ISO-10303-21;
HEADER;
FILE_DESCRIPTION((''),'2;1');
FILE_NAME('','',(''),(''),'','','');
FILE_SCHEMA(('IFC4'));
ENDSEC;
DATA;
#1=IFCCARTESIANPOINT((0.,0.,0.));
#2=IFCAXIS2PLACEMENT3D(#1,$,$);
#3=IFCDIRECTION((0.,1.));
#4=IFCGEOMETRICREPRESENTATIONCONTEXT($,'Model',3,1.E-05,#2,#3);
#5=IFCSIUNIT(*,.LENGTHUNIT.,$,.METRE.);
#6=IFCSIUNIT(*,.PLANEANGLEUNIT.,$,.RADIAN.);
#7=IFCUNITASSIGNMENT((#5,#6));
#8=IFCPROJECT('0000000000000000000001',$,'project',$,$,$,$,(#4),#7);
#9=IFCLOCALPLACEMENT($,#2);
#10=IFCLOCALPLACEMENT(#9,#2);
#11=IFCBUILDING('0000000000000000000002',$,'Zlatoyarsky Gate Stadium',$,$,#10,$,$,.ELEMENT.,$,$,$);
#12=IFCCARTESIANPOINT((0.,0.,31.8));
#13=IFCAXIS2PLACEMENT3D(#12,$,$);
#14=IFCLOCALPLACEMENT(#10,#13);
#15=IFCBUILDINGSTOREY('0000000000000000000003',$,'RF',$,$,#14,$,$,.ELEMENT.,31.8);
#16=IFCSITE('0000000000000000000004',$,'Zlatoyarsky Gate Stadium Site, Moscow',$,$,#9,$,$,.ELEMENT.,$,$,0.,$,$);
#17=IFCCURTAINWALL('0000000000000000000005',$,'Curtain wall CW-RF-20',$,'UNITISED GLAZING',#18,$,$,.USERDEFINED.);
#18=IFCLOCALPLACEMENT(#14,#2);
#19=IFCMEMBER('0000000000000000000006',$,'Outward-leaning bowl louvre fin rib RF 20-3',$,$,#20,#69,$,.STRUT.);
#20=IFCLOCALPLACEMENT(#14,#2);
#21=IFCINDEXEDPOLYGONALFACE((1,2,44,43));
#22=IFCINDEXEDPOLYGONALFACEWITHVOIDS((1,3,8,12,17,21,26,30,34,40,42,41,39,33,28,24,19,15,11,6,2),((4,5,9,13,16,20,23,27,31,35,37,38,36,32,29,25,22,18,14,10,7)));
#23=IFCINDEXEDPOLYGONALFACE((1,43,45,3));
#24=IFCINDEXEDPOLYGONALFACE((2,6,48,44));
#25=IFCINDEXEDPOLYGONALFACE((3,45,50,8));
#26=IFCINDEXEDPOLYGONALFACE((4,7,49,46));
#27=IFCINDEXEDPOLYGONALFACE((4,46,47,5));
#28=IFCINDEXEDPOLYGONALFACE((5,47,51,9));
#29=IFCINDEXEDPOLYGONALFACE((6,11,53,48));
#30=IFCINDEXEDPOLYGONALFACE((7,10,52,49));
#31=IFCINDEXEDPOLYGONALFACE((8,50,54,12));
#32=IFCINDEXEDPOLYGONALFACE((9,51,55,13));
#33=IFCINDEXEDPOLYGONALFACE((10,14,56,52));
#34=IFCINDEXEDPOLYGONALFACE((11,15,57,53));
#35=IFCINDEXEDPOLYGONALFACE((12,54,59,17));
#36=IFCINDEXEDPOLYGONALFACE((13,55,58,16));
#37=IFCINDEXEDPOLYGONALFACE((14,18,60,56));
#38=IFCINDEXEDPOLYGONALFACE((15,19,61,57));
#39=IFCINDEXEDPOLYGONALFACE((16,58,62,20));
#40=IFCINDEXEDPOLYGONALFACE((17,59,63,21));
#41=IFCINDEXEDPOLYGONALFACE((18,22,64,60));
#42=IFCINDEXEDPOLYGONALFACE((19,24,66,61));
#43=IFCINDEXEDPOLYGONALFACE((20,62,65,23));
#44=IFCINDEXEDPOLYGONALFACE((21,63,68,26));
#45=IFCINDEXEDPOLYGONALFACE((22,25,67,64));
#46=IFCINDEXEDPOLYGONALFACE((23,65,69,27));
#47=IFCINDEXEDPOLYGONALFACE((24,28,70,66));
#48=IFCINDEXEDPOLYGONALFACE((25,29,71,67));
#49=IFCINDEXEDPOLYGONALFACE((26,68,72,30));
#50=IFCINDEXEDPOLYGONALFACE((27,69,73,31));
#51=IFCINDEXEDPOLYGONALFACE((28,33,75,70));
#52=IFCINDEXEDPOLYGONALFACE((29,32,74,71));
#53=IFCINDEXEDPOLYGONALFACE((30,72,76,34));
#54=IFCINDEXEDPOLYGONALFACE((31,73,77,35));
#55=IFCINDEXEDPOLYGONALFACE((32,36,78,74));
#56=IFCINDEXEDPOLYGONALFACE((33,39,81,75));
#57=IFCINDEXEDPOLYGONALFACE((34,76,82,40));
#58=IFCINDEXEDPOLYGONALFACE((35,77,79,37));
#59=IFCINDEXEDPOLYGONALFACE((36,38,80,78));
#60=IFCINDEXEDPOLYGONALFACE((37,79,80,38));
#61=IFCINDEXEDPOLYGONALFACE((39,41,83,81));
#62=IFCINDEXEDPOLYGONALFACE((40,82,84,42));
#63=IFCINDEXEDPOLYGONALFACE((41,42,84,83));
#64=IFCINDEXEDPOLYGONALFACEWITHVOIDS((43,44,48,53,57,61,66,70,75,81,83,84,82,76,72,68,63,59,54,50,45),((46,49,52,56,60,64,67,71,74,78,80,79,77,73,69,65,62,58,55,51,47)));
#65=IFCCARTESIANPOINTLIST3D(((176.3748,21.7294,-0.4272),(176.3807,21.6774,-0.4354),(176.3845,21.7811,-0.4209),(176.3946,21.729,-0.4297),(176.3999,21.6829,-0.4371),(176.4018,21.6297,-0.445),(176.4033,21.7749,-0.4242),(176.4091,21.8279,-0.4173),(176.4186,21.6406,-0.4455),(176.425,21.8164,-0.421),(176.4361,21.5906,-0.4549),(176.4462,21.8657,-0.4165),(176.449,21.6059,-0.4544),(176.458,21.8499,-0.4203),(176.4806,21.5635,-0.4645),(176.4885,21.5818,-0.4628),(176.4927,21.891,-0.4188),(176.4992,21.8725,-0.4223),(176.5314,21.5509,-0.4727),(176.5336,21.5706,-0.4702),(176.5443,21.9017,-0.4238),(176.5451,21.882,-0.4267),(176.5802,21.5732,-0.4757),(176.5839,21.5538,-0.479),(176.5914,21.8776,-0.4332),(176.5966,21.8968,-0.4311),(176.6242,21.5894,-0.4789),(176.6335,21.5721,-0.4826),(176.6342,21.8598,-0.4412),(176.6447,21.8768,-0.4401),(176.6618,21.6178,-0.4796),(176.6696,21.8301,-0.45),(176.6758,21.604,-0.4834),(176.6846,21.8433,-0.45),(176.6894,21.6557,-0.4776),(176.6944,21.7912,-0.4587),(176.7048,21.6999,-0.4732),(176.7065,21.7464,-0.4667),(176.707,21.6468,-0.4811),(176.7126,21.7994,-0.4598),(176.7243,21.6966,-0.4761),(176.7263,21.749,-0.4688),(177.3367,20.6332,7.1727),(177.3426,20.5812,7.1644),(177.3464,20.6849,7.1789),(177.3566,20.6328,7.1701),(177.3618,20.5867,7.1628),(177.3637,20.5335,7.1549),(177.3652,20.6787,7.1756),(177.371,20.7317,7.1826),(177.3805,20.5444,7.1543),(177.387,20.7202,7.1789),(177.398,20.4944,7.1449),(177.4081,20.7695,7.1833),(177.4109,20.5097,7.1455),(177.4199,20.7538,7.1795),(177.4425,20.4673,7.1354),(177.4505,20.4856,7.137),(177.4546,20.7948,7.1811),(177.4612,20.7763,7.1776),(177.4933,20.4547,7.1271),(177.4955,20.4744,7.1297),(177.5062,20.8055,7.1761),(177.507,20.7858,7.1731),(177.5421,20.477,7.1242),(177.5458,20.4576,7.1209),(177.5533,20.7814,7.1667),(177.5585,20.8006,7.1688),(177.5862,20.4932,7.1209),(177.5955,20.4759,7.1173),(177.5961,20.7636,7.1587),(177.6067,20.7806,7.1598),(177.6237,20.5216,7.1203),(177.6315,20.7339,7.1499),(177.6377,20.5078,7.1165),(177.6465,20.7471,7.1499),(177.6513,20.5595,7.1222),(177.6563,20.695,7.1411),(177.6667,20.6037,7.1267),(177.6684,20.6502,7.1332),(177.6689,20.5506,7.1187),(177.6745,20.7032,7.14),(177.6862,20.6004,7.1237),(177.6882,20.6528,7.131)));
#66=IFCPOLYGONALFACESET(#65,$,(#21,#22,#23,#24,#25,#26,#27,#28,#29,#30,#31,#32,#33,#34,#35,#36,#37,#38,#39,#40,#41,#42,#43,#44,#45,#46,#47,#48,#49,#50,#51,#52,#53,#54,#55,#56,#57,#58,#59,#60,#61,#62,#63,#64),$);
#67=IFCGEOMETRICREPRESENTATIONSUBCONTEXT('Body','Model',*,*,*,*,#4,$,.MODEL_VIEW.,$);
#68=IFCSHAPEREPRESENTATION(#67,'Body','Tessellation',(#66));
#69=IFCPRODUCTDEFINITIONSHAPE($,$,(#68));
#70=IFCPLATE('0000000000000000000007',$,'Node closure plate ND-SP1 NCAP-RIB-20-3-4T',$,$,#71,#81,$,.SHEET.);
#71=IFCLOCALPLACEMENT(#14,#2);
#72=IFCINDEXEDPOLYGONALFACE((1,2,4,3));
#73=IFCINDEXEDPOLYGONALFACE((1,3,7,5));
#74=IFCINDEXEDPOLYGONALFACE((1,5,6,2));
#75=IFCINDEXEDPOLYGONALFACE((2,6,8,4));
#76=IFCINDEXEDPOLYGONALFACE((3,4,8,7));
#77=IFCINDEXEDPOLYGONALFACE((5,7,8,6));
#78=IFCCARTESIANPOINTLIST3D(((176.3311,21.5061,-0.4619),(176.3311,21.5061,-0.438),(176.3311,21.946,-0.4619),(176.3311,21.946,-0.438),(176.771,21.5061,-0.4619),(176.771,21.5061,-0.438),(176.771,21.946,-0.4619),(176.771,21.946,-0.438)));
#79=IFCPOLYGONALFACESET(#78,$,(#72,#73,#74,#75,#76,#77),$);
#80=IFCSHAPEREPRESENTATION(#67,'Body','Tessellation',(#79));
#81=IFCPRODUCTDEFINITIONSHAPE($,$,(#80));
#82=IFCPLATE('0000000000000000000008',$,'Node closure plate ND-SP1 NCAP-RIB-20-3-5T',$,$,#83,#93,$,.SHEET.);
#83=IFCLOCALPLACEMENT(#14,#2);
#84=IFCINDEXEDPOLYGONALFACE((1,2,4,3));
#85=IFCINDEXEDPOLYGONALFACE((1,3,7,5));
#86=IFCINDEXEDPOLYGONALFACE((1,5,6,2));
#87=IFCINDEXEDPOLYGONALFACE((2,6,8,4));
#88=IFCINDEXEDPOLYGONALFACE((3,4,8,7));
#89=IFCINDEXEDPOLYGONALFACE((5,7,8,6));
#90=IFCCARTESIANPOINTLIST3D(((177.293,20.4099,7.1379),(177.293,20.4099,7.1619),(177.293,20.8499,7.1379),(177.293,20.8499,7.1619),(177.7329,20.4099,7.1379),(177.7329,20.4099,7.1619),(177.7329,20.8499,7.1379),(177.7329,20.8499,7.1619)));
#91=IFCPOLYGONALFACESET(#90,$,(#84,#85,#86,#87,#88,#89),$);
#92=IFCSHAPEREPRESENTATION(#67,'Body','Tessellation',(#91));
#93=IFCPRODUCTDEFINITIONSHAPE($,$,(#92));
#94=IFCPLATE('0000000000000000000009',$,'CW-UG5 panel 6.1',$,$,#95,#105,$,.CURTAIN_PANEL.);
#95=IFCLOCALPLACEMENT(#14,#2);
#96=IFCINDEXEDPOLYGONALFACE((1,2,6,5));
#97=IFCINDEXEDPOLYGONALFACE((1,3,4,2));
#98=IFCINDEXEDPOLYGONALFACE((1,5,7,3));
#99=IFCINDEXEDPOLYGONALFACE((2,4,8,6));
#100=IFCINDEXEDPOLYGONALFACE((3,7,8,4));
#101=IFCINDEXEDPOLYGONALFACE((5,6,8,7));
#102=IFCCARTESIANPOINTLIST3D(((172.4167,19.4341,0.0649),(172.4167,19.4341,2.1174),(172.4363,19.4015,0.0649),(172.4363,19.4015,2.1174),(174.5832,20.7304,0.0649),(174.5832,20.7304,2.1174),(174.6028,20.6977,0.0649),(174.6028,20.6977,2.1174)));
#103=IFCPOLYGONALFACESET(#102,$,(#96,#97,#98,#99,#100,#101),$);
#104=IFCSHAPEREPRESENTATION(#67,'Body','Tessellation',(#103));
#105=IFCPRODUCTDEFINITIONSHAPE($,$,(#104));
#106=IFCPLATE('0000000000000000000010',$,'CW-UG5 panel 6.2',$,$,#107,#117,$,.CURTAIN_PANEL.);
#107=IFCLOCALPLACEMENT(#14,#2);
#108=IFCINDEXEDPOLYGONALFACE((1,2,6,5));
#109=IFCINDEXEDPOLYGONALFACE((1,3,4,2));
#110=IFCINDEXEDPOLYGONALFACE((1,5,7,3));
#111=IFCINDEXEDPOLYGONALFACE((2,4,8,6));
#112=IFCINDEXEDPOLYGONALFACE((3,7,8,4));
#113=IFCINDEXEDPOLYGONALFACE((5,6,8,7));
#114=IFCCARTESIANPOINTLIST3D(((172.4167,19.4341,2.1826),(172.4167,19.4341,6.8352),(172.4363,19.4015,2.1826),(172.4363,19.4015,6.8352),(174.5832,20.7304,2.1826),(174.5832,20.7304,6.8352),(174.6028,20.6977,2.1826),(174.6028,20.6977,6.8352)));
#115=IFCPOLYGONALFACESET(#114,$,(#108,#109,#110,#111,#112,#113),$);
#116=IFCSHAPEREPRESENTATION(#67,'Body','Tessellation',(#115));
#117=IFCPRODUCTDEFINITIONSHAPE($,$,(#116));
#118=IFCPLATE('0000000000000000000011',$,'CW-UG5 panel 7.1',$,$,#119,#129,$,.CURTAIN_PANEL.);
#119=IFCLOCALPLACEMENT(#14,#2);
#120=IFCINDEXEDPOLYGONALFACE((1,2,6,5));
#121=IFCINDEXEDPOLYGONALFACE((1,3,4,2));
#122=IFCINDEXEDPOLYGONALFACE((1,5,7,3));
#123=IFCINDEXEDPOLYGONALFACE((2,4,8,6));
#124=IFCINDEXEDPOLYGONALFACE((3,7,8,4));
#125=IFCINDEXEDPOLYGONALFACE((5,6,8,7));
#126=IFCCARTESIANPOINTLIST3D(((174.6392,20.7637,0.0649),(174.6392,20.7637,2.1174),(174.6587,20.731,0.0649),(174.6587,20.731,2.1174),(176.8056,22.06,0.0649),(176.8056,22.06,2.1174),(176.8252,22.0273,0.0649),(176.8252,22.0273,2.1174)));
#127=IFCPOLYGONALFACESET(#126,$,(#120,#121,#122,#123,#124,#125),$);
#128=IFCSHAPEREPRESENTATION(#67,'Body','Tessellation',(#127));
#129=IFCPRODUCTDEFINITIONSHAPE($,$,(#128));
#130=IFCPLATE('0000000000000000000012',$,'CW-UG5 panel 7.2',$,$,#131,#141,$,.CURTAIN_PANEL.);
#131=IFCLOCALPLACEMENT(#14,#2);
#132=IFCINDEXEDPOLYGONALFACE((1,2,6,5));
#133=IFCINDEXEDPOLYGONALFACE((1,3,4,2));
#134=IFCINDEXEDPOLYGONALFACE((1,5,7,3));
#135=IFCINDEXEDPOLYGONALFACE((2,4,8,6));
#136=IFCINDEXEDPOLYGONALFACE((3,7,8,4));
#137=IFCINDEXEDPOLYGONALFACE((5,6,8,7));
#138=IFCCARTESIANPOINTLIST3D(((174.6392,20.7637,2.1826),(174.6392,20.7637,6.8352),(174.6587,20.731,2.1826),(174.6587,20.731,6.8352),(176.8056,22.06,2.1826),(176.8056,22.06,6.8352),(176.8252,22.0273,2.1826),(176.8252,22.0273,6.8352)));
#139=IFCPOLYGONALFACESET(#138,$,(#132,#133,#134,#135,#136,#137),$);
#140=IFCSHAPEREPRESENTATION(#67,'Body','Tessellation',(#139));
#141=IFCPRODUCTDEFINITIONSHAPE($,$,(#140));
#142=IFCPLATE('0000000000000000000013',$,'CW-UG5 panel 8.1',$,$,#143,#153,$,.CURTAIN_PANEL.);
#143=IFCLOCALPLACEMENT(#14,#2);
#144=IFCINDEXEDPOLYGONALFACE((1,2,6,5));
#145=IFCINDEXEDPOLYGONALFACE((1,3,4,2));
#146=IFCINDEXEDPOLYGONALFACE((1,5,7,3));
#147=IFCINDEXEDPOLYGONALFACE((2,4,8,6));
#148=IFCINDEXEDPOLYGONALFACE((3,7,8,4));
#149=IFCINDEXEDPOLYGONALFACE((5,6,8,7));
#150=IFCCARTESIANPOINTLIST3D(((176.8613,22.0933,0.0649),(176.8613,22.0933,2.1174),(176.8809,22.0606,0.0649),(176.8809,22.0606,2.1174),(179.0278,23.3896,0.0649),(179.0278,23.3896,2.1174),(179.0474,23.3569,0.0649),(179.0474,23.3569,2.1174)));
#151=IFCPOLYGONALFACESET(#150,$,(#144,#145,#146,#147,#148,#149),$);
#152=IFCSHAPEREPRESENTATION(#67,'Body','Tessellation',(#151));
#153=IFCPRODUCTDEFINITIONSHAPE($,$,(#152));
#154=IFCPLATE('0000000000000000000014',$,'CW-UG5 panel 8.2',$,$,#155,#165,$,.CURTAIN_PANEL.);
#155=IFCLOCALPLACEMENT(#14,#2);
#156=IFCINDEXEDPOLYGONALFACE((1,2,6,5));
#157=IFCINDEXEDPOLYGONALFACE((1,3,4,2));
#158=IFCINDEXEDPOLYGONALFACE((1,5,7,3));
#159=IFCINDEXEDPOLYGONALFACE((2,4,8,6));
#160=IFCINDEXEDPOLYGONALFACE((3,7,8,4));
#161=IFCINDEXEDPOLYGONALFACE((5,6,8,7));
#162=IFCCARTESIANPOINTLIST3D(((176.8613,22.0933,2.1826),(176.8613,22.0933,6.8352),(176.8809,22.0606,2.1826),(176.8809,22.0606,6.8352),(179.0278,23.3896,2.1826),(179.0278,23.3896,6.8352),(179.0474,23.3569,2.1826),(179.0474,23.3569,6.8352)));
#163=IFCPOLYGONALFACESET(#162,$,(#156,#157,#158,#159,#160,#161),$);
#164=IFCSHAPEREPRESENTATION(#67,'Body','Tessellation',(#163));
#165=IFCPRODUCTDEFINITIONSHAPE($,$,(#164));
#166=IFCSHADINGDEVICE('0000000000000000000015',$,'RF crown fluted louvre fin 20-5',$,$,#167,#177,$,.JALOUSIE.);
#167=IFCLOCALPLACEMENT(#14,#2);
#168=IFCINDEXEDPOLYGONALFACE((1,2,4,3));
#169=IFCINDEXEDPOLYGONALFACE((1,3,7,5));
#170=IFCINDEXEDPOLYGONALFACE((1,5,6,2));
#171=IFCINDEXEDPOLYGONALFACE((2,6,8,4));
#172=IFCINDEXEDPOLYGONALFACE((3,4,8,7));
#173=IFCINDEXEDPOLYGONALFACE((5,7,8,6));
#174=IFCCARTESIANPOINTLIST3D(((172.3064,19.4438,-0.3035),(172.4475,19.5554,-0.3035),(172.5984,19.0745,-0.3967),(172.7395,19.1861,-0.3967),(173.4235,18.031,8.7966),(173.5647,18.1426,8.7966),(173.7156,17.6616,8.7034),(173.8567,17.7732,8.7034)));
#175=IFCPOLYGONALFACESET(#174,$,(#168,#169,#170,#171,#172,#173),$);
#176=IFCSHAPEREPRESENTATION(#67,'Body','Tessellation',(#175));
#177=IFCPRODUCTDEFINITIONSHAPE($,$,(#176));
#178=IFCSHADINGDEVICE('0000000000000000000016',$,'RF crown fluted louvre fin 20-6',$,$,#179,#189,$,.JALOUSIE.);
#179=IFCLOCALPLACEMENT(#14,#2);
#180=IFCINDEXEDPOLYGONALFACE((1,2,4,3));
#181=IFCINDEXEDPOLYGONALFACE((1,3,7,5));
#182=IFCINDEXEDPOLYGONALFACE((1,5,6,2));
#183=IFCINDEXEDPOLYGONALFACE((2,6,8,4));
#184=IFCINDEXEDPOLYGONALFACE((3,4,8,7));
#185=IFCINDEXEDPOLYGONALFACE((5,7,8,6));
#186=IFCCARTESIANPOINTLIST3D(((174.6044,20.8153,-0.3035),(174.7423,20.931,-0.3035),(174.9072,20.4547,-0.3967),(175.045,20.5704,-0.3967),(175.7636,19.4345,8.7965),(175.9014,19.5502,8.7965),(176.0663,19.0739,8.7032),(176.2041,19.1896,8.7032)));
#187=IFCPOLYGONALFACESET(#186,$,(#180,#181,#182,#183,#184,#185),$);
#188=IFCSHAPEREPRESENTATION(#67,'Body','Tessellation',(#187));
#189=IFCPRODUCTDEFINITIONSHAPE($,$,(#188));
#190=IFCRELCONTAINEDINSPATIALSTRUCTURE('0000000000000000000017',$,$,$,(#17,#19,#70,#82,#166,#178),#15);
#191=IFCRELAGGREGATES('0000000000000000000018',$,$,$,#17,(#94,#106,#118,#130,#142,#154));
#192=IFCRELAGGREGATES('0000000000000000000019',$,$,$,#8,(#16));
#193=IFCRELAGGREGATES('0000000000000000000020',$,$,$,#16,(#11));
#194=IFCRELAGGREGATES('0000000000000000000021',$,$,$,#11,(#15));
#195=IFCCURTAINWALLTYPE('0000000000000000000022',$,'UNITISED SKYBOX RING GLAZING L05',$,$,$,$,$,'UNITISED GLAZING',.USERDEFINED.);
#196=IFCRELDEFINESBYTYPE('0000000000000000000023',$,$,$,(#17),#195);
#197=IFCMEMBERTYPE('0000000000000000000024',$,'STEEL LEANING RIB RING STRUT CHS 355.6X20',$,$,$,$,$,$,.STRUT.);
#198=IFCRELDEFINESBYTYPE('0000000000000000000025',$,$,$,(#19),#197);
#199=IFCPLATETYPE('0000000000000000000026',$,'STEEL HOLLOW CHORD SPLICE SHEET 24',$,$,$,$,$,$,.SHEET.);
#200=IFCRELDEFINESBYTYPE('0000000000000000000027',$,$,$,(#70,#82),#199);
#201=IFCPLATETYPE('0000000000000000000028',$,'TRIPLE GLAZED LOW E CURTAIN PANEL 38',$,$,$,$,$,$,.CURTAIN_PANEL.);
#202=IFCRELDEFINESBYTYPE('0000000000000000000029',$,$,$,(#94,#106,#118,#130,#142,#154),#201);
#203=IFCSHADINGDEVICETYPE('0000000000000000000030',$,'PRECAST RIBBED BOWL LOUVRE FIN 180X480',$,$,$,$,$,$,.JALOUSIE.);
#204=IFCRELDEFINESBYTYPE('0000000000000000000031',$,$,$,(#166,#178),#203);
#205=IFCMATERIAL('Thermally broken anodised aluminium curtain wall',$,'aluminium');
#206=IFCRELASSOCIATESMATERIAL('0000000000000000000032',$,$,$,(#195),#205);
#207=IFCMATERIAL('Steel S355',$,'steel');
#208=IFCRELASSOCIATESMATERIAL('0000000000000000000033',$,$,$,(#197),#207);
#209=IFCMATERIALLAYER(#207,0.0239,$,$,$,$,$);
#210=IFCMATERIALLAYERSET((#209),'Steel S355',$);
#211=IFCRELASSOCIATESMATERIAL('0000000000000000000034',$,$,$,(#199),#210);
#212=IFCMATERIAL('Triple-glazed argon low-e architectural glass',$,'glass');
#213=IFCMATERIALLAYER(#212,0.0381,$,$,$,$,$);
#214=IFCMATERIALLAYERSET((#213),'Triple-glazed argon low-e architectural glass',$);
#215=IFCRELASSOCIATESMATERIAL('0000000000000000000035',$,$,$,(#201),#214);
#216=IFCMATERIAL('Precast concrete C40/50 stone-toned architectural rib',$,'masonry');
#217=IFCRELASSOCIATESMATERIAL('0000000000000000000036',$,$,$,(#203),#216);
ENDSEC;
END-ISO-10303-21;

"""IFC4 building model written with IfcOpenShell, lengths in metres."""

from ifc_helpers import new_model, si_unit, direction, frame, origin, origin_2d, place, context, subcontext, project, spatial, rectangle, hollow_circle, extrude, material, layer, layer_set, material_profile, profile_set, type_object, element, aggregate, save


model = new_model("IFC4")

# Units and contexts
model_context = context("Model", 3, precision=1e-05, world=origin(), true_north=direction((0.0, 1.0)))
body_context = subcontext(model_context, "Body", "Model", "MODEL_VIEW")
ifc_project = project(units=[si_unit("LENGTHUNIT", "METRE"), si_unit("PLANEANGLEUNIT", "RADIAN")], contexts=[model_context])

# Site, building, storey
site_placement = place(None, origin())
site = spatial("IfcSite", under=ifc_project, at=site_placement, Name="Zlatoyarsky Gate Stadium Site, Moscow", CompositionType="ELEMENT", RefElevation=0.0)
building_placement = place(site_placement, origin())
building = spatial("IfcBuilding", under=site, at=building_placement, Name="Zlatoyarsky Gate Stadium", CompositionType="ELEMENT")
storey_placement = place(building_placement, frame((0.0, 0.0, 31.8)))
storey = spatial("IfcBuildingStorey", under=building, at=storey_placement, Name="RF", CompositionType="ELEMENT", Elevation=31.8)

# Curtain wall
ifc_material_1 = material(Name="Thermally broken anodised aluminium curtain wall", Category="aluminium")
curtain_wall_type = type_object("IfcCurtainWallType", Name="UNITISED SKYBOX RING GLAZING L05", ElementType="UNITISED GLAZING", PredefinedType="USERDEFINED", material=ifc_material_1)
curtain_wall_placement = place(storey_placement, origin())
curtain_wall = element("IfcCurtainWall", 1, at=curtain_wall_placement, inside=storey, type_object=curtain_wall_type, Name="Curtain wall CW-RF-20", ObjectType="UNITISED GLAZING", PredefinedType="USERDEFINED")

# Member
ifc_material_2 = material(Name="Steel S355", Category="steel")
ifc_material_profile_1 = material_profile(ifc_material_2, hollow_circle(Radius=0.1777, WallThickness=0.02, at=origin_2d()), Name="CHS 355.6X20")
ifc_profile_set_1 = profile_set([ifc_material_profile_1], Name="Steel S355")
member_type_1 = type_object("IfcMemberType", Name="STEEL LEANING RIB RING STRUT CHS 355.6X20", PredefinedType="STRUT", material=ifc_profile_set_1)
member_1_placement = place(storey_placement, frame((176.551, 21.7261, -0.45), z_axis=(0.124302, -0.141654, 0.982081), x_axis=(0.751643, 0.659571, 0.0)))
element("IfcMember", 2, at=member_1_placement, inside=storey, type_object=member_type_1, Name="Outward-leaning bowl louvre fin rib RF 20-3", PredefinedType="STRUT", context=body_context, shape_type="SweptSolid", body=[
    extrude(hollow_circle(Radius=0.1777, WallThickness=0.02, at=origin_2d()), origin(), (0.0, 0.0, 1.0), 7.7385),
])

# Plates
ifc_layer_1 = layer(ifc_material_2, 0.0239)
ifc_layer_set_1 = layer_set([ifc_layer_1], Name="Steel S355")
plate_type_1 = type_object("IfcPlateType", Name="STEEL HOLLOW CHORD SPLICE SHEET 24", PredefinedType="SHEET", material=ifc_layer_set_1)
for number, where, z_axis, x_axis, name in (
    (3, (176.551, 21.7261, -0.4619), (0.0, 0.0, 1.0), (1.0, 0.0, 0.0), "Node closure plate ND-SP1 NCAP-RIB-20-3-4T"),
    (4, (177.5129, 20.6299, 7.1379), (0.0, 0.0, 1.0), (1.0, 0.0, 0.0), "Node closure plate ND-SP1 NCAP-RIB-20-3-5T"),
):
    element("IfcPlate", number, at=place(storey_placement, frame(where, z_axis=z_axis, x_axis=x_axis)), inside=storey, type_object=plate_type_1, Name=name, PredefinedType="SHEET", context=body_context, shape_type="SweptSolid", body=[
        extrude(rectangle(XDim=0.4399, YDim=0.4399, at=origin_2d()), origin(), (0.0, 0.0, 1.0), 0.0239),
    ])

# Plates
ifc_material_3 = material(Name="Triple-glazed argon low-e architectural glass", Category="glass")
ifc_layer_2 = layer(ifc_material_3, 0.0381)
ifc_layer_set_2 = layer_set([ifc_layer_2], Name="Triple-glazed argon low-e architectural glass")
plate_type_2 = type_object("IfcPlateType", Name="TRIPLE GLAZED LOW E CURTAIN PANEL 38", PredefinedType="CURTAIN_PANEL", material=ifc_layer_set_2)
plate_1_placement = place(storey_placement, frame((173.5098, 20.0659, 0.0649), z_axis=(0.0, 0.0, 1.0), x_axis=(0.858128, 0.513436, 0.0)))
plate_1 = element("IfcPlate", 5, at=plate_1_placement, type_object=plate_type_2, Name="CW-UG5 panel 6.1", PredefinedType="CURTAIN_PANEL", context=body_context, shape_type="SweptSolid", body=[
    extrude(rectangle(XDim=2.5247, YDim=0.0381, at=origin_2d()), origin(), (0.0, 0.0, 1.0), 2.0525),
])
plate_2_placement = place(storey_placement, frame((173.5098, 20.0659, 2.1826), z_axis=(0.0, 0.0, 1.0), x_axis=(0.858128, 0.513436, 0.0)))
plate_2 = element("IfcPlate", 6, at=plate_2_placement, type_object=plate_type_2, Name="CW-UG5 panel 6.2", PredefinedType="CURTAIN_PANEL", context=body_context, shape_type="SweptSolid", body=[
    extrude(rectangle(XDim=2.5247, YDim=0.0381, at=origin_2d()), origin(), (0.0, 0.0, 1.0), 4.6526),
])
plate_3_placement = place(storey_placement, frame((175.7322, 21.3955, 0.0649), z_axis=(0.0, 0.0, 1.0), x_axis=(0.858128, 0.513436, 0.0)))
plate_3 = element("IfcPlate", 7, at=plate_3_placement, type_object=plate_type_2, Name="CW-UG5 panel 7.1", PredefinedType="CURTAIN_PANEL", context=body_context, shape_type="SweptSolid", body=[
    extrude(rectangle(XDim=2.5247, YDim=0.0381, at=origin_2d()), origin(), (0.0, 0.0, 1.0), 2.0525),
])
plate_4_placement = place(storey_placement, frame((175.7322, 21.3955, 2.1826), z_axis=(0.0, 0.0, 1.0), x_axis=(0.858128, 0.513436, 0.0)))
plate_4 = element("IfcPlate", 8, at=plate_4_placement, type_object=plate_type_2, Name="CW-UG5 panel 7.2", PredefinedType="CURTAIN_PANEL", context=body_context, shape_type="SweptSolid", body=[
    extrude(rectangle(XDim=2.5247, YDim=0.0381, at=origin_2d()), origin(), (0.0, 0.0, 1.0), 4.6526),
])
plate_5_placement = place(storey_placement, frame((177.9543, 22.7251, 0.0649), z_axis=(0.0, 0.0, 1.0), x_axis=(0.858128, 0.513436, 0.0)))
plate_5 = element("IfcPlate", 9, at=plate_5_placement, type_object=plate_type_2, Name="CW-UG5 panel 8.1", PredefinedType="CURTAIN_PANEL", context=body_context, shape_type="SweptSolid", body=[
    extrude(rectangle(XDim=2.5247, YDim=0.0381, at=origin_2d()), origin(), (0.0, 0.0, 1.0), 2.0525),
])
plate_6_placement = place(storey_placement, frame((177.9543, 22.7251, 2.1826), z_axis=(0.0, 0.0, 1.0), x_axis=(0.858128, 0.513436, 0.0)))
plate_6 = element("IfcPlate", 10, at=plate_6_placement, type_object=plate_type_2, Name="CW-UG5 panel 8.2", PredefinedType="CURTAIN_PANEL", context=body_context, shape_type="SweptSolid", body=[
    extrude(rectangle(XDim=2.5247, YDim=0.0381, at=origin_2d()), origin(), (0.0, 0.0, 1.0), 4.6526),
])
aggregate(curtain_wall, [plate_1, plate_2, plate_3, plate_4, plate_5, plate_6])

# Shading devices
ifc_material_4 = material(Name="Precast concrete C40/50 stone-toned architectural rib", Category="masonry")
ifc_material_profile_2 = material_profile(ifc_material_4, rectangle(XDim=0.1799, YDim=0.48, at=origin_2d()), Name="RIB 180X480")
ifc_profile_set_2 = profile_set([ifc_material_profile_2], Name="Precast concrete C40/50 stone-toned architectural rib")
shading_device_type = type_object("IfcShadingDeviceType", Name="PRECAST RIBBED BOWL LOUVRE FIN 180X480", PredefinedType="JALOUSIE", material=ifc_profile_set_2)
shading_device_1_placement = place(storey_placement, frame((172.5229, 19.3149, -0.3501), z_axis=(0.12043, -0.152301, 0.980969), x_axis=(0.7844, 0.620255, 0.0)))
element("IfcShadingDevice", 11, at=shading_device_1_placement, inside=storey, type_object=shading_device_type, Name="RF crown fluted louvre fin 20-5", PredefinedType="JALOUSIE", context=body_context, shape_type="SweptSolid", body=[
    extrude(rectangle(XDim=0.1799, YDim=0.48, at=origin_2d()), origin(), (0.0, 0.0, 1.0), 9.2766),
])
shading_device_2_placement = place(storey_placement, frame((174.8247, 20.6929, -0.3501), z_axis=(0.124952, -0.148848, 0.980934), x_axis=(0.765908, 0.642951, 0.0)))
element("IfcShadingDevice", 12, at=shading_device_2_placement, inside=storey, type_object=shading_device_type, Name="RF crown fluted louvre fin 20-6", PredefinedType="JALOUSIE", context=body_context, shape_type="SweptSolid", body=[
    extrude(rectangle(XDim=0.1799, YDim=0.48, at=origin_2d()), origin(), (0.0, 0.0, 1.0), 9.2769),
])

save(model, "model.ifc")
